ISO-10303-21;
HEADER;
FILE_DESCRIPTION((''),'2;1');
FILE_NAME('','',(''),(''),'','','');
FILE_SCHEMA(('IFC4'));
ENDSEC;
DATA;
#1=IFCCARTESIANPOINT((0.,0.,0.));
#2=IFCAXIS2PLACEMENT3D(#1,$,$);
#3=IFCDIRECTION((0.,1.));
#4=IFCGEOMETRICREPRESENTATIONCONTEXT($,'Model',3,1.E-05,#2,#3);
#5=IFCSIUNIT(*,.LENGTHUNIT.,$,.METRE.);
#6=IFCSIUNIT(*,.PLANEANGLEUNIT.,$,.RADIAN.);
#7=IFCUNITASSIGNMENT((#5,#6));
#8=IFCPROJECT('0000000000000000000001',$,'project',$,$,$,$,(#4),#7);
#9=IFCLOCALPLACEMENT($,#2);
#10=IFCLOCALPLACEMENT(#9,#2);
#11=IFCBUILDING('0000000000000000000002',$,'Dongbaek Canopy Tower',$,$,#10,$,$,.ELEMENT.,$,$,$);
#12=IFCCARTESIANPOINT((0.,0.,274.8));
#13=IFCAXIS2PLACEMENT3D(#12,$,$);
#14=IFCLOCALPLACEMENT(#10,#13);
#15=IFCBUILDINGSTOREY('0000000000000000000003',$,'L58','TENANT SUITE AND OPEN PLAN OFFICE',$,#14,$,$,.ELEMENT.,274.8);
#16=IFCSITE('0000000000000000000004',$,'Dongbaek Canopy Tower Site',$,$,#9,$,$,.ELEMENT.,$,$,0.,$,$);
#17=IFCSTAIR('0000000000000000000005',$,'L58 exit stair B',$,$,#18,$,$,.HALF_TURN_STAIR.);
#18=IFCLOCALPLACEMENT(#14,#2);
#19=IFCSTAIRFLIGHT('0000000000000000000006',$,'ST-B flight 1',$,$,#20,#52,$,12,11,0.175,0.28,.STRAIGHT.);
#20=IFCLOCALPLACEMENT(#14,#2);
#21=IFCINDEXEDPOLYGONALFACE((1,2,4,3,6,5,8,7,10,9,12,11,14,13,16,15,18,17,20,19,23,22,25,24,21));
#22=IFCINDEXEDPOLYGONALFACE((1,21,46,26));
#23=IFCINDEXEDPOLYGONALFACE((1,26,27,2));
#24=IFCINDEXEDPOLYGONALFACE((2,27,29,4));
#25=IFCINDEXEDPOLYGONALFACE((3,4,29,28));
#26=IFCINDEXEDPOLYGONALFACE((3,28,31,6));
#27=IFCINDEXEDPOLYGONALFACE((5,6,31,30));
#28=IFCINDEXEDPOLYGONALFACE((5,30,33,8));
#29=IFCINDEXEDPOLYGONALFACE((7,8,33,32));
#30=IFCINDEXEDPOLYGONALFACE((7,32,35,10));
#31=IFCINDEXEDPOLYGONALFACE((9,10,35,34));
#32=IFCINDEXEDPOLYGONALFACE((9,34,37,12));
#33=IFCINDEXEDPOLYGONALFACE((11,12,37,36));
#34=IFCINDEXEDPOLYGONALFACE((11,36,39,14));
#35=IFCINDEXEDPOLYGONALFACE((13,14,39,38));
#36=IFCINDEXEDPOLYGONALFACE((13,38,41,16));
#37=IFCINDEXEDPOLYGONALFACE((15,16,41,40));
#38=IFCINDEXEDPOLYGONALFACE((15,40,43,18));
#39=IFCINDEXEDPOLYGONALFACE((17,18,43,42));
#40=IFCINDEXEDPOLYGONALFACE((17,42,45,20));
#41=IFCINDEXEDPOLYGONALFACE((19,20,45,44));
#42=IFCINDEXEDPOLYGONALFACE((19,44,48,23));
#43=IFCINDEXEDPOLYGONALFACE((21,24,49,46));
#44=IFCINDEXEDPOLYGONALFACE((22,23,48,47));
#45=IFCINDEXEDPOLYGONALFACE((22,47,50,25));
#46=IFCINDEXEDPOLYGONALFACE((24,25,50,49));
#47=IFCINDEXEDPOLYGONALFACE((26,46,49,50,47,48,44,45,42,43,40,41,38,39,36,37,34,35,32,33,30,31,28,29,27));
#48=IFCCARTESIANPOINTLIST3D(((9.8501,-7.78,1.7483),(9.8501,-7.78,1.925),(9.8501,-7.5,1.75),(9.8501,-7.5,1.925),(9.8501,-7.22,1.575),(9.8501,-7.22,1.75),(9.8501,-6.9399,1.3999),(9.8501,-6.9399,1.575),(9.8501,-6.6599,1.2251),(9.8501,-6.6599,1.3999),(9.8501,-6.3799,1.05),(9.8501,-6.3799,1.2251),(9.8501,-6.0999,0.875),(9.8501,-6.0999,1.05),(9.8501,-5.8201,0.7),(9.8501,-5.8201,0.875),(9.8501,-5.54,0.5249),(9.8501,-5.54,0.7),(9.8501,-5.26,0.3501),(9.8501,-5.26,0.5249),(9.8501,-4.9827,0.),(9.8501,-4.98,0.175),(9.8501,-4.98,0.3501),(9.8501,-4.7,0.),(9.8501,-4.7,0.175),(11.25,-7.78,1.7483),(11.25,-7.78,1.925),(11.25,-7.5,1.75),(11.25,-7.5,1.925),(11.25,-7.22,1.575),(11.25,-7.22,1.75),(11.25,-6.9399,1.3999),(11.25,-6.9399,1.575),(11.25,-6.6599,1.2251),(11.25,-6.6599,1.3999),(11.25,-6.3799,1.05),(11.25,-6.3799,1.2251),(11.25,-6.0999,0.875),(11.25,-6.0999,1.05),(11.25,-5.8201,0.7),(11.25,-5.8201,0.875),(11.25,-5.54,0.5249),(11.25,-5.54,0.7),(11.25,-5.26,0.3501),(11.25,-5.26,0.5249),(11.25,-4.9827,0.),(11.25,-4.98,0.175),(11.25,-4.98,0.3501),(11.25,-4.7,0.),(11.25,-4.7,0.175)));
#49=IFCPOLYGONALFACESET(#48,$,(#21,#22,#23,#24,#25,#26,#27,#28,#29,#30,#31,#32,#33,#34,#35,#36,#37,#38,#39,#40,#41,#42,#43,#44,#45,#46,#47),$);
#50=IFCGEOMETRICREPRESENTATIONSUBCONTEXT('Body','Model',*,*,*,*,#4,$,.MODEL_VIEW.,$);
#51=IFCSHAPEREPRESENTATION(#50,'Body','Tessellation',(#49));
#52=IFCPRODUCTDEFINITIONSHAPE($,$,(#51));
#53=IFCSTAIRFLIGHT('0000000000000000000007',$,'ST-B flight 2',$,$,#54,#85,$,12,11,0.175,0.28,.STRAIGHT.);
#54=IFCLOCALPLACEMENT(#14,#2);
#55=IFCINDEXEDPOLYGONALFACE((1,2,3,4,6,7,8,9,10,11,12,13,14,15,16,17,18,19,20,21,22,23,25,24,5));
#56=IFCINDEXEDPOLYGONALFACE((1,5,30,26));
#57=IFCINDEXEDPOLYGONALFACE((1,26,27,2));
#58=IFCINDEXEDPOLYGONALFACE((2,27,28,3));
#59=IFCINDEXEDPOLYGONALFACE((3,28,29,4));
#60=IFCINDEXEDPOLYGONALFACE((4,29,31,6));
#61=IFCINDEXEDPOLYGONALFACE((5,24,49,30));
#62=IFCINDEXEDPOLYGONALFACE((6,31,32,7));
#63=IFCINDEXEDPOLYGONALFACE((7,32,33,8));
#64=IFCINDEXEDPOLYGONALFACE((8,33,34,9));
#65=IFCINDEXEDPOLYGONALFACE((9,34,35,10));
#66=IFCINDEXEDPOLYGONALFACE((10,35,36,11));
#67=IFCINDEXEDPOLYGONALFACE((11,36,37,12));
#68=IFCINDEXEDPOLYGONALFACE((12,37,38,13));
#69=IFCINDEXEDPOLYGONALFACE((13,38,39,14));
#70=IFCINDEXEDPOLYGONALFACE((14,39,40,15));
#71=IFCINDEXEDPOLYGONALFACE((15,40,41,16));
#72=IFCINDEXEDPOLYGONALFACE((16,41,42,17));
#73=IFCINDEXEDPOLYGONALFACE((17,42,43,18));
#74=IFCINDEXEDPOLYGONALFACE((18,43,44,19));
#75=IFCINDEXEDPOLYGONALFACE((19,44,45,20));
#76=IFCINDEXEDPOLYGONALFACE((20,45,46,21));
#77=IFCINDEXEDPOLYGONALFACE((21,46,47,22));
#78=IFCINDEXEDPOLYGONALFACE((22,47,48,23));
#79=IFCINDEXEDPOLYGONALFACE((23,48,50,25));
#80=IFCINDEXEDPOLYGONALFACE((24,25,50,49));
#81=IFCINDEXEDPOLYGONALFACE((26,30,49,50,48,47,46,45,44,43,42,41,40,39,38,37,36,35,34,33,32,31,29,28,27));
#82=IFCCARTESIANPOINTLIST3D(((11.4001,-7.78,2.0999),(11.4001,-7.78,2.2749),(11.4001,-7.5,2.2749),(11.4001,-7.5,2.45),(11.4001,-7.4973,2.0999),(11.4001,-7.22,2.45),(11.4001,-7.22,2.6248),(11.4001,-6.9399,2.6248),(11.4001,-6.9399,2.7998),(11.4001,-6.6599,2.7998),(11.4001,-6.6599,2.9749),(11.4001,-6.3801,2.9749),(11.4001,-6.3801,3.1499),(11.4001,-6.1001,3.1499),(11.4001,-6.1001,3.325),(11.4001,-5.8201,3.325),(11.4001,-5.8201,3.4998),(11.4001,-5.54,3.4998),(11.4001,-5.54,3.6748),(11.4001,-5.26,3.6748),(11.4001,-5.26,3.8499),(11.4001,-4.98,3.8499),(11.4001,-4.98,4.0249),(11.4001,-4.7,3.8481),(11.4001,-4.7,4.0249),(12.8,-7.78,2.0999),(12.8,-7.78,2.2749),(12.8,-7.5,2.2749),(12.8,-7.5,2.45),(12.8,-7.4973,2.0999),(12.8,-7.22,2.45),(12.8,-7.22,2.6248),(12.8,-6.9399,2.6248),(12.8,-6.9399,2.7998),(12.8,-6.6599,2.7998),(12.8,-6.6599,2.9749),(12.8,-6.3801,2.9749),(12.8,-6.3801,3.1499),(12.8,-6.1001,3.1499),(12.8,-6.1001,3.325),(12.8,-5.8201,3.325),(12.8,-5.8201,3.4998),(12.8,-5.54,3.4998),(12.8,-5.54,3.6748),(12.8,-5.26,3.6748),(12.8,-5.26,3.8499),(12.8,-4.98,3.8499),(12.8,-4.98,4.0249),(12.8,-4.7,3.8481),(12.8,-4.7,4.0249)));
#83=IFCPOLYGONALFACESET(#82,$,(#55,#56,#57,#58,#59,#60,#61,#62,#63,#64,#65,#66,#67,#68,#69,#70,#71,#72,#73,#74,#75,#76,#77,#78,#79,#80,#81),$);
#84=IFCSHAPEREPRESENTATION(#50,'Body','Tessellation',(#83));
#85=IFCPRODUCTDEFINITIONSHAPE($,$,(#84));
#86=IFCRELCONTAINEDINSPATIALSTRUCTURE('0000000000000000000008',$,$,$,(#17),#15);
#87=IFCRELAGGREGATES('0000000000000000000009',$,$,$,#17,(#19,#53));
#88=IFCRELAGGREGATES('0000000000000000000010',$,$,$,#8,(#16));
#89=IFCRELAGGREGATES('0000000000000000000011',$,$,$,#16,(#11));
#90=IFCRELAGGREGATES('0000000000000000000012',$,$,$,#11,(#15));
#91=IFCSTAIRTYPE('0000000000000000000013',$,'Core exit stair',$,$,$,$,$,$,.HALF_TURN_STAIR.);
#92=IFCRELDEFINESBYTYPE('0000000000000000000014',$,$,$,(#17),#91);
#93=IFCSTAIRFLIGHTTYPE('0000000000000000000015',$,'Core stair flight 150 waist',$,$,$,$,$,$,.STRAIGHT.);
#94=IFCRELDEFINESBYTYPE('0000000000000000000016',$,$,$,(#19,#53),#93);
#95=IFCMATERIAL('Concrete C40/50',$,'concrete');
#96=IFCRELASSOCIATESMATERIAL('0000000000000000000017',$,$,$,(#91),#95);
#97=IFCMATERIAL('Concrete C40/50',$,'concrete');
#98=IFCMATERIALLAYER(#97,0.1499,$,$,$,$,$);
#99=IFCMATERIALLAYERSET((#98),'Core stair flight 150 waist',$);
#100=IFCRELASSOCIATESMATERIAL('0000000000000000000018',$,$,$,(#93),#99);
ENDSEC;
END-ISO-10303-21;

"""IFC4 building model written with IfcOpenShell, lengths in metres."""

from ifc_helpers import new_model, si_unit, direction, frame, origin, place, context, subcontext, project, spatial, polyline, outline, extrude, material, layer, layer_set, type_object, element, aggregate, save


model = new_model("IFC4")

# Units and contexts
model_context = context("Model", 3, precision=1e-05, world=origin(), true_north=direction((0.0, 1.0)))
body_context = subcontext(model_context, "Body", "Model", "MODEL_VIEW")
ifc_project = project(units=[si_unit("LENGTHUNIT", "METRE"), si_unit("PLANEANGLEUNIT", "RADIAN")], contexts=[model_context])

# Site, building, storey
site_placement = place(None, origin())
site = spatial("IfcSite", under=ifc_project, at=site_placement, Name="Dongbaek Canopy Tower Site", CompositionType="ELEMENT", RefElevation=0.0)
building_placement = place(site_placement, origin())
building = spatial("IfcBuilding", under=site, at=building_placement, Name="Dongbaek Canopy Tower", CompositionType="ELEMENT")
storey_placement = place(building_placement, frame((0.0, 0.0, 274.8)))
storey = spatial("IfcBuildingStorey", under=building, at=storey_placement, Name="L58", Description="TENANT SUITE AND OPEN PLAN OFFICE", CompositionType="ELEMENT", Elevation=274.8)

# Stair
ifc_material_1 = material(Name="Concrete C40/50", Category="concrete")
stair_type = type_object("IfcStairType", Name="Core exit stair", PredefinedType="HALF_TURN_STAIR", material=ifc_material_1)
stair_1_placement = place(storey_placement, origin())
stair_1 = element("IfcStair", 1, at=stair_1_placement, inside=storey, type_object=stair_type, Name="L58 exit stair B", PredefinedType="HALF_TURN_STAIR")

# Stair flights
ifc_material_2 = material(Name="Concrete C40/50", Category="concrete")
ifc_layer_1 = layer(ifc_material_2, 0.1499)
ifc_layer_set_1 = layer_set([ifc_layer_1], Name="Core stair flight 150 waist")
stair_flight_type = type_object("IfcStairFlightType", Name="Core stair flight 150 waist", PredefinedType="STRAIGHT", material=ifc_layer_set_1)
stair_flight_1_placement = place(storey_placement, frame((10.55, -4.7, 0.0), z_axis=(0.0, 0.0, 1.0), x_axis=(0.0, -1.0, 0.0)))
stair_flight_1 = element("IfcStairFlight", 2, at=stair_flight_1_placement, type_object=stair_flight_type, Name="ST-B flight 1", NumberOfRisers=12, NumberOfTreads=11, PredefinedType="STRAIGHT", RiserHeight=0.175, TreadLength=0.28, context=body_context, shape_type="SweptSolid", body=[
    extrude(outline(polyline([(0.0, 0.0), (0.0, 0.175), (0.28, 0.175), (0.28, 0.3501), (0.5601, 0.3501), (0.5601, 0.5249), (0.8401, 0.5249), (0.8401, 0.7), (1.1201, 0.7), (1.1201, 0.875), (1.3999, 0.875), (1.3999, 1.05), (1.6799, 1.05), (1.6799, 1.2251), (1.96, 1.2251), (1.96, 1.3999), (2.24, 1.3999), (2.24, 1.575), (2.52, 1.575), (2.52, 1.75), (2.8, 1.75), (2.8, 1.925), (3.0801, 1.925), (3.0801, 2.1001), (3.0801, 1.7483), (0.2827, 0.0), (0.0, 0.0)])), frame((0.0, 0.7, 0.0), z_axis=(0.0, -1.0, 0.0), x_axis=(1.0, 0.0, 0.0)), (0.0, 0.0, 1.0), 1.3999),
])
stair_flight_2_placement = place(storey_placement, frame((12.1001, -7.78, 2.0999), z_axis=(0.0, 0.0, 1.0), x_axis=(0.0, 1.0, 0.0)))
stair_flight_2 = element("IfcStairFlight", 3, at=stair_flight_2_placement, type_object=stair_flight_type, Name="ST-B flight 2", NumberOfRisers=12, NumberOfTreads=11, PredefinedType="STRAIGHT", RiserHeight=0.175, TreadLength=0.28, context=body_context, shape_type="SweptSolid", body=[
    extrude(outline(polyline([(0.0, 0.0), (0.0, 0.175), (0.28, 0.175), (0.28, 0.3501), (0.5601, 0.3501), (0.5601, 0.5249), (0.8401, 0.5249), (0.8401, 0.7), (1.1201, 0.7), (1.1201, 0.875), (1.3999, 0.875), (1.3999, 1.05), (1.6799, 1.05), (1.6799, 1.2251), (1.96, 1.2251), (1.96, 1.3999), (2.24, 1.3999), (2.24, 1.575), (2.52, 1.575), (2.52, 1.75), (2.8, 1.75), (2.8, 1.925), (3.0801, 1.925), (3.0801, 2.1001), (3.0801, 1.7483), (0.2827, 0.0), (0.0, 0.0)])), frame((0.0, 0.7, 0.0), z_axis=(0.0, -1.0, 0.0), x_axis=(1.0, 0.0, 0.0)), (0.0, 0.0, 1.0), 1.3999),
])
aggregate(stair_1, [stair_flight_1, stair_flight_2])

save(model, "model.ifc")
